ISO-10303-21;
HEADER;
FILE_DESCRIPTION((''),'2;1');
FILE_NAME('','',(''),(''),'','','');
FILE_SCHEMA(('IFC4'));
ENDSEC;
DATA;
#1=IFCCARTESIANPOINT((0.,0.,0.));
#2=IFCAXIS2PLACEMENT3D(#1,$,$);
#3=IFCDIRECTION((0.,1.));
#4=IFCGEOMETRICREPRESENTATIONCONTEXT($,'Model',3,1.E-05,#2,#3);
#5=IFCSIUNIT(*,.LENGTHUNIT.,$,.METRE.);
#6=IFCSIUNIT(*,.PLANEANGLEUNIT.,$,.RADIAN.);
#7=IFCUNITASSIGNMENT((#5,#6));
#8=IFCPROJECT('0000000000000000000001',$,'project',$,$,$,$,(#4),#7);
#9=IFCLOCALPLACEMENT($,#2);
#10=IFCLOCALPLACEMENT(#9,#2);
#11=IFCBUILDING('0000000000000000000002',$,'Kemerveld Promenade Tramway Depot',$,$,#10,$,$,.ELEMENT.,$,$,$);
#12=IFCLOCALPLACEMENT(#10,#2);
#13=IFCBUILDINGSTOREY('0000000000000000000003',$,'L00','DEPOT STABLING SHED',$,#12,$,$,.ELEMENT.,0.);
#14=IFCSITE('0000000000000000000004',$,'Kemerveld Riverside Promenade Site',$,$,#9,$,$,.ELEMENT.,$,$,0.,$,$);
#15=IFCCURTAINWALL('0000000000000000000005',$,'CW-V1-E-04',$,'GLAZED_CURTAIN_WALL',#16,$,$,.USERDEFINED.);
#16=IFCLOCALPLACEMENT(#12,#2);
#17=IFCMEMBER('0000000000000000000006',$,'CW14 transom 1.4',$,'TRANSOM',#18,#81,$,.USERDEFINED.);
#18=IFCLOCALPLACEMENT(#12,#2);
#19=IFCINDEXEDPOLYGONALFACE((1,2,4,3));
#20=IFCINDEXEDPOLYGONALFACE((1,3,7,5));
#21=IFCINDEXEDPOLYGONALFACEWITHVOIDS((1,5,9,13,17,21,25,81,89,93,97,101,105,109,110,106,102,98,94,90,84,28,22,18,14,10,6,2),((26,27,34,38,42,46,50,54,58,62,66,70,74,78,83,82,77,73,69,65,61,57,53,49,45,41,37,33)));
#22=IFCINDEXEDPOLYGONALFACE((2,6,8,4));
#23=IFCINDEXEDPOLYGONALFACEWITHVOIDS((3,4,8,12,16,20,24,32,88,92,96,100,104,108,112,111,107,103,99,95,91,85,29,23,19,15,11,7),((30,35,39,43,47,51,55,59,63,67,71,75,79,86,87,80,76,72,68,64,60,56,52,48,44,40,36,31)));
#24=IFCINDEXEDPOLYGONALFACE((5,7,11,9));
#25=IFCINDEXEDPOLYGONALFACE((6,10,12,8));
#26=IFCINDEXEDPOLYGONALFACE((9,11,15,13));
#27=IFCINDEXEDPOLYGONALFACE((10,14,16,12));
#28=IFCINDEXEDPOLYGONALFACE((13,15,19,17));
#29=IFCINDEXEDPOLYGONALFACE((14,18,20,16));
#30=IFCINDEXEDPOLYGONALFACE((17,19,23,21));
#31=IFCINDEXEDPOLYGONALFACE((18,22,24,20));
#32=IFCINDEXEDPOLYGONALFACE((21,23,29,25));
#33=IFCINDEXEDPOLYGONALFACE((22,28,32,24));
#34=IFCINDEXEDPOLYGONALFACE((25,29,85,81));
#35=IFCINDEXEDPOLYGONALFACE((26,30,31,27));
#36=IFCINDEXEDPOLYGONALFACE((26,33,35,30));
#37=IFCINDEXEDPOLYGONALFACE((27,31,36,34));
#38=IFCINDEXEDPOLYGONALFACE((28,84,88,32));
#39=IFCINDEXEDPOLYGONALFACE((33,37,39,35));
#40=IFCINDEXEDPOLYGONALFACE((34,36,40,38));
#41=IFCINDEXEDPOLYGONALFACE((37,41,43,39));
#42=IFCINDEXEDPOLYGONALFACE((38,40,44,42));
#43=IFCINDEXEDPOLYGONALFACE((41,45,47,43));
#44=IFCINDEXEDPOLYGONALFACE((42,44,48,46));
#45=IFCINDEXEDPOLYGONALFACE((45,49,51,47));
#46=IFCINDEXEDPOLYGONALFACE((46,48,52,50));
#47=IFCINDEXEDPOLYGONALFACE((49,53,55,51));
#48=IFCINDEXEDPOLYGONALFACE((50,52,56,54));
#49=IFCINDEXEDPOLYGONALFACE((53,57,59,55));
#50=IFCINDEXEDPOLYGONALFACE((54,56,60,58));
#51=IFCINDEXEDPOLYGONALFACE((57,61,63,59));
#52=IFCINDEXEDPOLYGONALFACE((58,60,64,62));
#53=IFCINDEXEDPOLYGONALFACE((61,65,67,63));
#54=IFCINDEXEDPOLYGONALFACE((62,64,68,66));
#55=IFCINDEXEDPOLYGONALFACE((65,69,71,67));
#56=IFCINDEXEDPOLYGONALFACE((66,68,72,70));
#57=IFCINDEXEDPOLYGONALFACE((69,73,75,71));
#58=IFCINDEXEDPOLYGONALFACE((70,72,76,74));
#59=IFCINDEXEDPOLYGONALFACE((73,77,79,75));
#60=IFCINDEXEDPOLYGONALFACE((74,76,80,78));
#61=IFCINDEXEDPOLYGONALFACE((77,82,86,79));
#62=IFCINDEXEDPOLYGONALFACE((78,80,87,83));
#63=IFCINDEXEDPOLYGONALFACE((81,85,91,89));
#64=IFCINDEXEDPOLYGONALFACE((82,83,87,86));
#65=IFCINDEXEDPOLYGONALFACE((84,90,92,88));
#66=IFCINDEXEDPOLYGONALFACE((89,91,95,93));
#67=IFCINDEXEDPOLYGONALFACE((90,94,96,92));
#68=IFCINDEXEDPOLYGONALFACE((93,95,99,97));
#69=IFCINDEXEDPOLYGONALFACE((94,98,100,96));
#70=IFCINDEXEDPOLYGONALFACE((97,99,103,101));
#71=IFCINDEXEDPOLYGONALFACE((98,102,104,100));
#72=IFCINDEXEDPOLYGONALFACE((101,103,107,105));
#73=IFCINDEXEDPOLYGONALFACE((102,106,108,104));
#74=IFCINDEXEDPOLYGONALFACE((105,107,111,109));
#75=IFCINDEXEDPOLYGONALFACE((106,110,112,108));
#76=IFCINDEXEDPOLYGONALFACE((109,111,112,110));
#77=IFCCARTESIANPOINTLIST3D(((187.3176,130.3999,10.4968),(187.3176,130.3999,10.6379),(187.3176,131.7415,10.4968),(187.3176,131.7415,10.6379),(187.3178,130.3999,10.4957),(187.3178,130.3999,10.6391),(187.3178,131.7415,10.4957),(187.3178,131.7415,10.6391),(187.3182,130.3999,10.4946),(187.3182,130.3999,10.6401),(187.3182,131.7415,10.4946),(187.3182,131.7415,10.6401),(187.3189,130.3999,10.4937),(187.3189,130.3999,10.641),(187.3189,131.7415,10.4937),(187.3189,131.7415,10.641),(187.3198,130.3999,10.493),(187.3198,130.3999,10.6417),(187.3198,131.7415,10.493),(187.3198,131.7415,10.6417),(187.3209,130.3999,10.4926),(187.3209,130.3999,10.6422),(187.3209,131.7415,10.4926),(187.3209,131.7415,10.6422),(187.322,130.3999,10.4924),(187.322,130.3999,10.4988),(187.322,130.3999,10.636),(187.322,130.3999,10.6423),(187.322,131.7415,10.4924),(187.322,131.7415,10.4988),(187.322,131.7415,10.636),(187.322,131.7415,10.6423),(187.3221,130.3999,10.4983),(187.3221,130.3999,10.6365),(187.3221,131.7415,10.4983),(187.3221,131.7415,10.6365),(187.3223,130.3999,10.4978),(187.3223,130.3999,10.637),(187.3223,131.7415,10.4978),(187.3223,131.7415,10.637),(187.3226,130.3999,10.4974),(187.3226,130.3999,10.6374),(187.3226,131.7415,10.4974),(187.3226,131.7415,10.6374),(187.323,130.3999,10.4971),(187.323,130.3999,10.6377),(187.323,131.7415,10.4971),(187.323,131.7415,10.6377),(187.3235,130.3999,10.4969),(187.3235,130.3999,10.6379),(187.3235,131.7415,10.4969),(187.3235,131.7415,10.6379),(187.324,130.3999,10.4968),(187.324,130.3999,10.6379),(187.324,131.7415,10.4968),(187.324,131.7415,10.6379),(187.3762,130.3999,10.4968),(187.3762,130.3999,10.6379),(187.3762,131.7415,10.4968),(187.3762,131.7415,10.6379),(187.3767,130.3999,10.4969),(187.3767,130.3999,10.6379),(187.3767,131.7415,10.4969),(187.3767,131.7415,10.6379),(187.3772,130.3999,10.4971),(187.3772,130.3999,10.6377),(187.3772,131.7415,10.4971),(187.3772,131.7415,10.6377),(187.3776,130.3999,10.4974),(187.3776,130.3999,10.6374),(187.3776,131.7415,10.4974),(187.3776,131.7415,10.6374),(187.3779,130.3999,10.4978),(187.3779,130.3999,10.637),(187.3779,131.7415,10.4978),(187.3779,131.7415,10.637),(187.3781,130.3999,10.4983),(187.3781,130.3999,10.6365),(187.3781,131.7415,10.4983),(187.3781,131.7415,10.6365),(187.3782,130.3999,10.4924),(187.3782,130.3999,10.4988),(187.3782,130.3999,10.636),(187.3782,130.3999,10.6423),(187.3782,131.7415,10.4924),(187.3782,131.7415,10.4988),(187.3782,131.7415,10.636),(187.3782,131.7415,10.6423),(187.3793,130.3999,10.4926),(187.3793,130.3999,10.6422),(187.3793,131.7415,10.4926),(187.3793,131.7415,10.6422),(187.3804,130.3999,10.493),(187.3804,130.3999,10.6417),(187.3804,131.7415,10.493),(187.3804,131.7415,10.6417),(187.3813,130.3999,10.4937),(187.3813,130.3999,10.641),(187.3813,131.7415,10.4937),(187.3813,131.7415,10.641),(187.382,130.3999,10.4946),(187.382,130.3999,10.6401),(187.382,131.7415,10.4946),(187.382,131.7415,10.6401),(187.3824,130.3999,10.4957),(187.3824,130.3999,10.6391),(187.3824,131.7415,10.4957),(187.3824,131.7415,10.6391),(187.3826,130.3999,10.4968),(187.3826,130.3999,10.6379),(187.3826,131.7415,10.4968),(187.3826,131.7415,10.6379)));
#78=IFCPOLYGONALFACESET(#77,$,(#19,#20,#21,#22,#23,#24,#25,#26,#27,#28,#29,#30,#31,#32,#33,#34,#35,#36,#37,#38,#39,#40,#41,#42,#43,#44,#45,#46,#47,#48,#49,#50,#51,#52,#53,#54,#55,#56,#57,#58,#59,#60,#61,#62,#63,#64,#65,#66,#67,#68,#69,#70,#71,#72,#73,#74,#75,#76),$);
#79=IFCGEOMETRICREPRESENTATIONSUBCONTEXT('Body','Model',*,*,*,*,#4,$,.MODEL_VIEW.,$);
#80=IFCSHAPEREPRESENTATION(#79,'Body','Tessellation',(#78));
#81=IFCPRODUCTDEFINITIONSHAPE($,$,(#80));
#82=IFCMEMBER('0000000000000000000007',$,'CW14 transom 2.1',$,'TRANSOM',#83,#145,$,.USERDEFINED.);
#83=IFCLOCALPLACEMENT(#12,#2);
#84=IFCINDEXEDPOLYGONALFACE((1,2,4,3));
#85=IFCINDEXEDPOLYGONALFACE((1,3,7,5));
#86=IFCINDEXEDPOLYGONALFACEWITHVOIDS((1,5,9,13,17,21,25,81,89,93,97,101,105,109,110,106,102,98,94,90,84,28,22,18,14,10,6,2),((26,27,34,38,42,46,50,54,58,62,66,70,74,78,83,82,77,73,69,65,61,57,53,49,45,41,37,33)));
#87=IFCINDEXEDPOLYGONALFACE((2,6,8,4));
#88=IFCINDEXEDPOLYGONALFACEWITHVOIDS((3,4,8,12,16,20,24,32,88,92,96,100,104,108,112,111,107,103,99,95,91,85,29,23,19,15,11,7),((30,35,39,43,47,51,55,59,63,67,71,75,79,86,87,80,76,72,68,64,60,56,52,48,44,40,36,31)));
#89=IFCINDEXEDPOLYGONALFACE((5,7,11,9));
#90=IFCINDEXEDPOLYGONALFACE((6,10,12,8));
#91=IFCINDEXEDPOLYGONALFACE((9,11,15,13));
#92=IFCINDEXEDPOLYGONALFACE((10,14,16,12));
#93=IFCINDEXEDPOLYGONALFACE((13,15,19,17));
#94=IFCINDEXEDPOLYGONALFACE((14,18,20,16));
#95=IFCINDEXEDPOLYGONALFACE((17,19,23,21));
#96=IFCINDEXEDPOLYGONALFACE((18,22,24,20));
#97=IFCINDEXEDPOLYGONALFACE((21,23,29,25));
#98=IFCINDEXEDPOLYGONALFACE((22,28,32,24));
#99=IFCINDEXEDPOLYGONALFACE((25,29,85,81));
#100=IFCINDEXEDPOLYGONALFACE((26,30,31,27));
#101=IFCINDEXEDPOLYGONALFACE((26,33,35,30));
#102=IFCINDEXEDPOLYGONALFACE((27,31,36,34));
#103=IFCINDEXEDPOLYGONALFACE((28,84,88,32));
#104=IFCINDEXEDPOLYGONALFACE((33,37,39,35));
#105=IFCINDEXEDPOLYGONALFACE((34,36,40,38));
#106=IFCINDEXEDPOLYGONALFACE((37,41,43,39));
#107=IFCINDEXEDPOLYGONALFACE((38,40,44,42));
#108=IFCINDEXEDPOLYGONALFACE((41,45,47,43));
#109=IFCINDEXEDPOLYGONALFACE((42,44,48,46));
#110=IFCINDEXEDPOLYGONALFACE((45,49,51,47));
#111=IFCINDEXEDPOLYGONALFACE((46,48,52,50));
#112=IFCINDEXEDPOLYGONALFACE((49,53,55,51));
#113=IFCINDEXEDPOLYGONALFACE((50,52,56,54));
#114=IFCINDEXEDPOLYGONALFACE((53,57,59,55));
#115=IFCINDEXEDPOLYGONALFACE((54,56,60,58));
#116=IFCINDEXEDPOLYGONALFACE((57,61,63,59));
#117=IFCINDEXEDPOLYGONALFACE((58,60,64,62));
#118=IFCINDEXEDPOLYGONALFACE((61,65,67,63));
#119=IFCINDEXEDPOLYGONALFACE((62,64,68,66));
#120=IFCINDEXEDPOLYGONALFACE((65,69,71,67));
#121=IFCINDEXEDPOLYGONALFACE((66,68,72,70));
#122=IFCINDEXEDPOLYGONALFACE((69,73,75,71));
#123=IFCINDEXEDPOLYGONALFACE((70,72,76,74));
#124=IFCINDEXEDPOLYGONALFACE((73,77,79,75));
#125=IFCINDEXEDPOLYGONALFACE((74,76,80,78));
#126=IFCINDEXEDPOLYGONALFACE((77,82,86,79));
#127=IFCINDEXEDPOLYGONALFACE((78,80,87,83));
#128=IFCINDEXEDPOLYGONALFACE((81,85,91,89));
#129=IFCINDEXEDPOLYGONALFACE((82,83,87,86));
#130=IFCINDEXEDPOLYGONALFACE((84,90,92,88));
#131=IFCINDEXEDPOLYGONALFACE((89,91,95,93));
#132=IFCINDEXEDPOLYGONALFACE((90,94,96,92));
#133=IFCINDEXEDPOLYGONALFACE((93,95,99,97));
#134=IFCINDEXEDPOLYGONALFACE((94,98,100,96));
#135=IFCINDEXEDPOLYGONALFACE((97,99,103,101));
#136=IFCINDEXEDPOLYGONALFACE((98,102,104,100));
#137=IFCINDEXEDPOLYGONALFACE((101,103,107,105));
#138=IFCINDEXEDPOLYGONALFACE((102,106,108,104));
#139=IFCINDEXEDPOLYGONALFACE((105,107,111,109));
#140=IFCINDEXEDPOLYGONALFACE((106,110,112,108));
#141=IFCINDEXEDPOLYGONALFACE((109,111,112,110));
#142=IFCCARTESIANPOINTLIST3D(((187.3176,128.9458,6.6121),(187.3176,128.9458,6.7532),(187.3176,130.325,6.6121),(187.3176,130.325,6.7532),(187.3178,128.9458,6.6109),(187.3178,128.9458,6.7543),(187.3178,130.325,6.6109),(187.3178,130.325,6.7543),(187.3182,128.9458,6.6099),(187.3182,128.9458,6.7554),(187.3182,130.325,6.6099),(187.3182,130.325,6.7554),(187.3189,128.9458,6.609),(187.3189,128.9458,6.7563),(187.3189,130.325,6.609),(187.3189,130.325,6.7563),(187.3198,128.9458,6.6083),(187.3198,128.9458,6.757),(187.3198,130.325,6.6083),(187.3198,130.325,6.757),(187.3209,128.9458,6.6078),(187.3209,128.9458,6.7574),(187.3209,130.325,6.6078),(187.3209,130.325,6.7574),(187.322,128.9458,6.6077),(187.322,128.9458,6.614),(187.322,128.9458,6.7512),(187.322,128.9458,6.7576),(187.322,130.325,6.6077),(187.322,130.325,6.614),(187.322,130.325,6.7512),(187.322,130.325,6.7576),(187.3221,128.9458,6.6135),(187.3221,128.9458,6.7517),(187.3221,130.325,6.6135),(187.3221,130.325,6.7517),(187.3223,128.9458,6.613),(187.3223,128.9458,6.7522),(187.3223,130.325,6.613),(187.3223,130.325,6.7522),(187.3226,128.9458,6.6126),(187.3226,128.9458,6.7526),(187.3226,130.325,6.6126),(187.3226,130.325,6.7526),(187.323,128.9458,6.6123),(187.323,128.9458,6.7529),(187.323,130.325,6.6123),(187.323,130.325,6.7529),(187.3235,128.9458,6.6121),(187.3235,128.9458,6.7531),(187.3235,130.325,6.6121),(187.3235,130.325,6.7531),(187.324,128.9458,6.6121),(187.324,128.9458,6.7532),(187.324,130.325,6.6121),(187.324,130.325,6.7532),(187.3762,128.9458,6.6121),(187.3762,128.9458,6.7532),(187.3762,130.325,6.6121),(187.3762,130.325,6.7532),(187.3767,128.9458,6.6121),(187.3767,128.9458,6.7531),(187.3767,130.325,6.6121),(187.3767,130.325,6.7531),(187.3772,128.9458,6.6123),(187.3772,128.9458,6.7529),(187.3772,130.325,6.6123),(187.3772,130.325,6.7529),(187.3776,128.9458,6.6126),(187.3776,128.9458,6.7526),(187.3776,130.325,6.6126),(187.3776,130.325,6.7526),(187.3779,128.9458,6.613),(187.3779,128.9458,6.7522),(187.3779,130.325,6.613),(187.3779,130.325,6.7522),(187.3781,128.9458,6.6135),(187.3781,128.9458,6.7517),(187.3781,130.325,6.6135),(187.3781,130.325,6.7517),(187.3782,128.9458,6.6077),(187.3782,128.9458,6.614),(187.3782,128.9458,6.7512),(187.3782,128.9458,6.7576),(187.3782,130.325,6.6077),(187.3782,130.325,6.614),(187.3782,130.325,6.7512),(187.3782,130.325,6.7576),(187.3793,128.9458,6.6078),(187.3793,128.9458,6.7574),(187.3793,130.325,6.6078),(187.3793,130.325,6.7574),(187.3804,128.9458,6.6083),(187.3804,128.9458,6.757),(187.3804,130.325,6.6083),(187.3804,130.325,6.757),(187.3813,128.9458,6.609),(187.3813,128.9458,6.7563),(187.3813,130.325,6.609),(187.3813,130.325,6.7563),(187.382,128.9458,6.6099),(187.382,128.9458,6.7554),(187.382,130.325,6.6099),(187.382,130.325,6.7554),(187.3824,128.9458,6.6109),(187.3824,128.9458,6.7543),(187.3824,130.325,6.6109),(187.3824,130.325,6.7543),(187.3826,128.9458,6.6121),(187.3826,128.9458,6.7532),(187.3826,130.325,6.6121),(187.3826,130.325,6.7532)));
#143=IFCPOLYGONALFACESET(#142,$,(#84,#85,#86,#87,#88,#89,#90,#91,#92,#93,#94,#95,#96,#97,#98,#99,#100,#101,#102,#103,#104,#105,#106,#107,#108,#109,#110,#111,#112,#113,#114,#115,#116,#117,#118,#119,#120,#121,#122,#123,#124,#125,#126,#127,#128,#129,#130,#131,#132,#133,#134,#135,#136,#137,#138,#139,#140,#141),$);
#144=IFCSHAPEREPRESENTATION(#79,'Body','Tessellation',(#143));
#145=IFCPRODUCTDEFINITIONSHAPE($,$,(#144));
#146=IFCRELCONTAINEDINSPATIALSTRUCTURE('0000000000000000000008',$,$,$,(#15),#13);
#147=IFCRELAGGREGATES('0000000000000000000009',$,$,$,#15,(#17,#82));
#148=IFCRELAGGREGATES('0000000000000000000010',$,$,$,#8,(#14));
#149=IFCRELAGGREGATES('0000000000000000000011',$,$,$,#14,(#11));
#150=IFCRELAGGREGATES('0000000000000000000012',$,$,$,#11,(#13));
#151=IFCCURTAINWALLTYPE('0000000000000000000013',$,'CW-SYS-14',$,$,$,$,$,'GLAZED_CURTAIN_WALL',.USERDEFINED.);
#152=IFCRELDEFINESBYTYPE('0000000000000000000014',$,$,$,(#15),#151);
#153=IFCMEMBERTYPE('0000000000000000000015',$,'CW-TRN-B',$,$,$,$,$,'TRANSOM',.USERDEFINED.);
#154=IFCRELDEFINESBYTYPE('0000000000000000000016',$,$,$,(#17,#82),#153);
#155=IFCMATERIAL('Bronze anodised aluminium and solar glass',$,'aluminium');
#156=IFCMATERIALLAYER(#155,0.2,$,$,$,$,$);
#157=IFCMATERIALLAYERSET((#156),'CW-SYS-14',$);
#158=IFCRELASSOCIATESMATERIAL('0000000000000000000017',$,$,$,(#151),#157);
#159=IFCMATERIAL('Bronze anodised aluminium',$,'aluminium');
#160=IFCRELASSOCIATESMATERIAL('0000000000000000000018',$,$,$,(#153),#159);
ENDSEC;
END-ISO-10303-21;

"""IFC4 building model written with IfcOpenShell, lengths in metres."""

from ifc_helpers import new_model, si_unit, direction, frame, origin, origin_2d, place, context, subcontext, project, spatial, hollow_rectangle, extrude, material, layer, layer_set, material_profile, profile_set, type_object, element, aggregate, save


model = new_model("IFC4")

# Units and contexts
model_context = context("Model", 3, precision=1e-05, world=origin(), true_north=direction((0.0, 1.0)))
body_context = subcontext(model_context, "Body", "Model", "MODEL_VIEW")
ifc_project = project(units=[si_unit("LENGTHUNIT", "METRE"), si_unit("PLANEANGLEUNIT", "RADIAN")], contexts=[model_context])

# Site, building, storey
site_placement = place(None, origin())
site = spatial("IfcSite", under=ifc_project, at=site_placement, Name="Kemerveld Riverside Promenade Site", CompositionType="ELEMENT", RefElevation=0.0)
building_placement = place(site_placement, origin())
building = spatial("IfcBuilding", under=site, at=building_placement, Name="Kemerveld Promenade Tramway Depot", CompositionType="ELEMENT")
storey_placement = place(building_placement, origin())
storey = spatial("IfcBuildingStorey", under=building, at=storey_placement, Name="L00", Description="DEPOT STABLING SHED", CompositionType="ELEMENT", Elevation=0.0)

# Curtain wall, members
ifc_material_1 = material(Name="Bronze anodised aluminium and solar glass", Category="aluminium")
ifc_layer_1 = layer(ifc_material_1, 0.2)
ifc_layer_set_1 = layer_set([ifc_layer_1], Name="CW-SYS-14")
curtain_wall_type = type_object("IfcCurtainWallType", Name="CW-SYS-14", ElementType="GLAZED_CURTAIN_WALL", PredefinedType="USERDEFINED", material=ifc_layer_set_1)
curtain_wall_placement = place(storey_placement, origin())
curtain_wall = element("IfcCurtainWall", 1, at=curtain_wall_placement, inside=storey, type_object=curtain_wall_type, Name="CW-V1-E-04", ObjectType="GLAZED_CURTAIN_WALL", PredefinedType="USERDEFINED")
ifc_material_2 = material(Name="Bronze anodised aluminium", Category="aluminium")
ifc_material_profile_1 = material_profile(ifc_material_2, hollow_rectangle(XDim=0.0649, YDim=0.1499, WallThickness=0.0044, InnerFilletRadius=0.002, OuterFilletRadius=0.0044, at=origin_2d()), Name="CW-TRN-150x65")
ifc_profile_set_1 = profile_set([ifc_material_profile_1], Name="Bronze anodised aluminium")
member_type_1 = type_object("IfcMemberType", Name="CW-TRN-B", ElementType="TRANSOM", PredefinedType="USERDEFINED", material=ifc_profile_set_1)
member_1_placement = place(storey_placement, frame((187.3501, 131.7415, 10.5674), z_axis=(0.0, -1.0, 0.0), x_axis=(1.0, 0.0, 0.0)))
member_1 = element("IfcMember", 2, at=member_1_placement, type_object=member_type_1, Name="CW14 transom 1.4", ObjectType="TRANSOM", PredefinedType="USERDEFINED", context=body_context, shape_type="SweptSolid", body=[
    extrude(hollow_rectangle(XDim=0.0649, YDim=0.1499, WallThickness=0.0044, InnerFilletRadius=0.002, OuterFilletRadius=0.0044, at=origin_2d()), origin(), (0.0, 0.0, 1.0), 1.3416),
])
member_2_placement = place(storey_placement, frame((187.3501, 130.325, 6.6826), z_axis=(0.0, -1.0, 0.0), x_axis=(1.0, 0.0, 0.0)))
member_2 = element("IfcMember", 3, at=member_2_placement, type_object=member_type_1, Name="CW14 transom 2.1", ObjectType="TRANSOM", PredefinedType="USERDEFINED", context=body_context, shape_type="SweptSolid", body=[
    extrude(hollow_rectangle(XDim=0.0649, YDim=0.1499, WallThickness=0.0044, InnerFilletRadius=0.002, OuterFilletRadius=0.0044, at=origin_2d()), origin(), (0.0, 0.0, 1.0), 1.3792),
])

aggregate(curtain_wall, [member_1, member_2])

save(model, "model.ifc")
